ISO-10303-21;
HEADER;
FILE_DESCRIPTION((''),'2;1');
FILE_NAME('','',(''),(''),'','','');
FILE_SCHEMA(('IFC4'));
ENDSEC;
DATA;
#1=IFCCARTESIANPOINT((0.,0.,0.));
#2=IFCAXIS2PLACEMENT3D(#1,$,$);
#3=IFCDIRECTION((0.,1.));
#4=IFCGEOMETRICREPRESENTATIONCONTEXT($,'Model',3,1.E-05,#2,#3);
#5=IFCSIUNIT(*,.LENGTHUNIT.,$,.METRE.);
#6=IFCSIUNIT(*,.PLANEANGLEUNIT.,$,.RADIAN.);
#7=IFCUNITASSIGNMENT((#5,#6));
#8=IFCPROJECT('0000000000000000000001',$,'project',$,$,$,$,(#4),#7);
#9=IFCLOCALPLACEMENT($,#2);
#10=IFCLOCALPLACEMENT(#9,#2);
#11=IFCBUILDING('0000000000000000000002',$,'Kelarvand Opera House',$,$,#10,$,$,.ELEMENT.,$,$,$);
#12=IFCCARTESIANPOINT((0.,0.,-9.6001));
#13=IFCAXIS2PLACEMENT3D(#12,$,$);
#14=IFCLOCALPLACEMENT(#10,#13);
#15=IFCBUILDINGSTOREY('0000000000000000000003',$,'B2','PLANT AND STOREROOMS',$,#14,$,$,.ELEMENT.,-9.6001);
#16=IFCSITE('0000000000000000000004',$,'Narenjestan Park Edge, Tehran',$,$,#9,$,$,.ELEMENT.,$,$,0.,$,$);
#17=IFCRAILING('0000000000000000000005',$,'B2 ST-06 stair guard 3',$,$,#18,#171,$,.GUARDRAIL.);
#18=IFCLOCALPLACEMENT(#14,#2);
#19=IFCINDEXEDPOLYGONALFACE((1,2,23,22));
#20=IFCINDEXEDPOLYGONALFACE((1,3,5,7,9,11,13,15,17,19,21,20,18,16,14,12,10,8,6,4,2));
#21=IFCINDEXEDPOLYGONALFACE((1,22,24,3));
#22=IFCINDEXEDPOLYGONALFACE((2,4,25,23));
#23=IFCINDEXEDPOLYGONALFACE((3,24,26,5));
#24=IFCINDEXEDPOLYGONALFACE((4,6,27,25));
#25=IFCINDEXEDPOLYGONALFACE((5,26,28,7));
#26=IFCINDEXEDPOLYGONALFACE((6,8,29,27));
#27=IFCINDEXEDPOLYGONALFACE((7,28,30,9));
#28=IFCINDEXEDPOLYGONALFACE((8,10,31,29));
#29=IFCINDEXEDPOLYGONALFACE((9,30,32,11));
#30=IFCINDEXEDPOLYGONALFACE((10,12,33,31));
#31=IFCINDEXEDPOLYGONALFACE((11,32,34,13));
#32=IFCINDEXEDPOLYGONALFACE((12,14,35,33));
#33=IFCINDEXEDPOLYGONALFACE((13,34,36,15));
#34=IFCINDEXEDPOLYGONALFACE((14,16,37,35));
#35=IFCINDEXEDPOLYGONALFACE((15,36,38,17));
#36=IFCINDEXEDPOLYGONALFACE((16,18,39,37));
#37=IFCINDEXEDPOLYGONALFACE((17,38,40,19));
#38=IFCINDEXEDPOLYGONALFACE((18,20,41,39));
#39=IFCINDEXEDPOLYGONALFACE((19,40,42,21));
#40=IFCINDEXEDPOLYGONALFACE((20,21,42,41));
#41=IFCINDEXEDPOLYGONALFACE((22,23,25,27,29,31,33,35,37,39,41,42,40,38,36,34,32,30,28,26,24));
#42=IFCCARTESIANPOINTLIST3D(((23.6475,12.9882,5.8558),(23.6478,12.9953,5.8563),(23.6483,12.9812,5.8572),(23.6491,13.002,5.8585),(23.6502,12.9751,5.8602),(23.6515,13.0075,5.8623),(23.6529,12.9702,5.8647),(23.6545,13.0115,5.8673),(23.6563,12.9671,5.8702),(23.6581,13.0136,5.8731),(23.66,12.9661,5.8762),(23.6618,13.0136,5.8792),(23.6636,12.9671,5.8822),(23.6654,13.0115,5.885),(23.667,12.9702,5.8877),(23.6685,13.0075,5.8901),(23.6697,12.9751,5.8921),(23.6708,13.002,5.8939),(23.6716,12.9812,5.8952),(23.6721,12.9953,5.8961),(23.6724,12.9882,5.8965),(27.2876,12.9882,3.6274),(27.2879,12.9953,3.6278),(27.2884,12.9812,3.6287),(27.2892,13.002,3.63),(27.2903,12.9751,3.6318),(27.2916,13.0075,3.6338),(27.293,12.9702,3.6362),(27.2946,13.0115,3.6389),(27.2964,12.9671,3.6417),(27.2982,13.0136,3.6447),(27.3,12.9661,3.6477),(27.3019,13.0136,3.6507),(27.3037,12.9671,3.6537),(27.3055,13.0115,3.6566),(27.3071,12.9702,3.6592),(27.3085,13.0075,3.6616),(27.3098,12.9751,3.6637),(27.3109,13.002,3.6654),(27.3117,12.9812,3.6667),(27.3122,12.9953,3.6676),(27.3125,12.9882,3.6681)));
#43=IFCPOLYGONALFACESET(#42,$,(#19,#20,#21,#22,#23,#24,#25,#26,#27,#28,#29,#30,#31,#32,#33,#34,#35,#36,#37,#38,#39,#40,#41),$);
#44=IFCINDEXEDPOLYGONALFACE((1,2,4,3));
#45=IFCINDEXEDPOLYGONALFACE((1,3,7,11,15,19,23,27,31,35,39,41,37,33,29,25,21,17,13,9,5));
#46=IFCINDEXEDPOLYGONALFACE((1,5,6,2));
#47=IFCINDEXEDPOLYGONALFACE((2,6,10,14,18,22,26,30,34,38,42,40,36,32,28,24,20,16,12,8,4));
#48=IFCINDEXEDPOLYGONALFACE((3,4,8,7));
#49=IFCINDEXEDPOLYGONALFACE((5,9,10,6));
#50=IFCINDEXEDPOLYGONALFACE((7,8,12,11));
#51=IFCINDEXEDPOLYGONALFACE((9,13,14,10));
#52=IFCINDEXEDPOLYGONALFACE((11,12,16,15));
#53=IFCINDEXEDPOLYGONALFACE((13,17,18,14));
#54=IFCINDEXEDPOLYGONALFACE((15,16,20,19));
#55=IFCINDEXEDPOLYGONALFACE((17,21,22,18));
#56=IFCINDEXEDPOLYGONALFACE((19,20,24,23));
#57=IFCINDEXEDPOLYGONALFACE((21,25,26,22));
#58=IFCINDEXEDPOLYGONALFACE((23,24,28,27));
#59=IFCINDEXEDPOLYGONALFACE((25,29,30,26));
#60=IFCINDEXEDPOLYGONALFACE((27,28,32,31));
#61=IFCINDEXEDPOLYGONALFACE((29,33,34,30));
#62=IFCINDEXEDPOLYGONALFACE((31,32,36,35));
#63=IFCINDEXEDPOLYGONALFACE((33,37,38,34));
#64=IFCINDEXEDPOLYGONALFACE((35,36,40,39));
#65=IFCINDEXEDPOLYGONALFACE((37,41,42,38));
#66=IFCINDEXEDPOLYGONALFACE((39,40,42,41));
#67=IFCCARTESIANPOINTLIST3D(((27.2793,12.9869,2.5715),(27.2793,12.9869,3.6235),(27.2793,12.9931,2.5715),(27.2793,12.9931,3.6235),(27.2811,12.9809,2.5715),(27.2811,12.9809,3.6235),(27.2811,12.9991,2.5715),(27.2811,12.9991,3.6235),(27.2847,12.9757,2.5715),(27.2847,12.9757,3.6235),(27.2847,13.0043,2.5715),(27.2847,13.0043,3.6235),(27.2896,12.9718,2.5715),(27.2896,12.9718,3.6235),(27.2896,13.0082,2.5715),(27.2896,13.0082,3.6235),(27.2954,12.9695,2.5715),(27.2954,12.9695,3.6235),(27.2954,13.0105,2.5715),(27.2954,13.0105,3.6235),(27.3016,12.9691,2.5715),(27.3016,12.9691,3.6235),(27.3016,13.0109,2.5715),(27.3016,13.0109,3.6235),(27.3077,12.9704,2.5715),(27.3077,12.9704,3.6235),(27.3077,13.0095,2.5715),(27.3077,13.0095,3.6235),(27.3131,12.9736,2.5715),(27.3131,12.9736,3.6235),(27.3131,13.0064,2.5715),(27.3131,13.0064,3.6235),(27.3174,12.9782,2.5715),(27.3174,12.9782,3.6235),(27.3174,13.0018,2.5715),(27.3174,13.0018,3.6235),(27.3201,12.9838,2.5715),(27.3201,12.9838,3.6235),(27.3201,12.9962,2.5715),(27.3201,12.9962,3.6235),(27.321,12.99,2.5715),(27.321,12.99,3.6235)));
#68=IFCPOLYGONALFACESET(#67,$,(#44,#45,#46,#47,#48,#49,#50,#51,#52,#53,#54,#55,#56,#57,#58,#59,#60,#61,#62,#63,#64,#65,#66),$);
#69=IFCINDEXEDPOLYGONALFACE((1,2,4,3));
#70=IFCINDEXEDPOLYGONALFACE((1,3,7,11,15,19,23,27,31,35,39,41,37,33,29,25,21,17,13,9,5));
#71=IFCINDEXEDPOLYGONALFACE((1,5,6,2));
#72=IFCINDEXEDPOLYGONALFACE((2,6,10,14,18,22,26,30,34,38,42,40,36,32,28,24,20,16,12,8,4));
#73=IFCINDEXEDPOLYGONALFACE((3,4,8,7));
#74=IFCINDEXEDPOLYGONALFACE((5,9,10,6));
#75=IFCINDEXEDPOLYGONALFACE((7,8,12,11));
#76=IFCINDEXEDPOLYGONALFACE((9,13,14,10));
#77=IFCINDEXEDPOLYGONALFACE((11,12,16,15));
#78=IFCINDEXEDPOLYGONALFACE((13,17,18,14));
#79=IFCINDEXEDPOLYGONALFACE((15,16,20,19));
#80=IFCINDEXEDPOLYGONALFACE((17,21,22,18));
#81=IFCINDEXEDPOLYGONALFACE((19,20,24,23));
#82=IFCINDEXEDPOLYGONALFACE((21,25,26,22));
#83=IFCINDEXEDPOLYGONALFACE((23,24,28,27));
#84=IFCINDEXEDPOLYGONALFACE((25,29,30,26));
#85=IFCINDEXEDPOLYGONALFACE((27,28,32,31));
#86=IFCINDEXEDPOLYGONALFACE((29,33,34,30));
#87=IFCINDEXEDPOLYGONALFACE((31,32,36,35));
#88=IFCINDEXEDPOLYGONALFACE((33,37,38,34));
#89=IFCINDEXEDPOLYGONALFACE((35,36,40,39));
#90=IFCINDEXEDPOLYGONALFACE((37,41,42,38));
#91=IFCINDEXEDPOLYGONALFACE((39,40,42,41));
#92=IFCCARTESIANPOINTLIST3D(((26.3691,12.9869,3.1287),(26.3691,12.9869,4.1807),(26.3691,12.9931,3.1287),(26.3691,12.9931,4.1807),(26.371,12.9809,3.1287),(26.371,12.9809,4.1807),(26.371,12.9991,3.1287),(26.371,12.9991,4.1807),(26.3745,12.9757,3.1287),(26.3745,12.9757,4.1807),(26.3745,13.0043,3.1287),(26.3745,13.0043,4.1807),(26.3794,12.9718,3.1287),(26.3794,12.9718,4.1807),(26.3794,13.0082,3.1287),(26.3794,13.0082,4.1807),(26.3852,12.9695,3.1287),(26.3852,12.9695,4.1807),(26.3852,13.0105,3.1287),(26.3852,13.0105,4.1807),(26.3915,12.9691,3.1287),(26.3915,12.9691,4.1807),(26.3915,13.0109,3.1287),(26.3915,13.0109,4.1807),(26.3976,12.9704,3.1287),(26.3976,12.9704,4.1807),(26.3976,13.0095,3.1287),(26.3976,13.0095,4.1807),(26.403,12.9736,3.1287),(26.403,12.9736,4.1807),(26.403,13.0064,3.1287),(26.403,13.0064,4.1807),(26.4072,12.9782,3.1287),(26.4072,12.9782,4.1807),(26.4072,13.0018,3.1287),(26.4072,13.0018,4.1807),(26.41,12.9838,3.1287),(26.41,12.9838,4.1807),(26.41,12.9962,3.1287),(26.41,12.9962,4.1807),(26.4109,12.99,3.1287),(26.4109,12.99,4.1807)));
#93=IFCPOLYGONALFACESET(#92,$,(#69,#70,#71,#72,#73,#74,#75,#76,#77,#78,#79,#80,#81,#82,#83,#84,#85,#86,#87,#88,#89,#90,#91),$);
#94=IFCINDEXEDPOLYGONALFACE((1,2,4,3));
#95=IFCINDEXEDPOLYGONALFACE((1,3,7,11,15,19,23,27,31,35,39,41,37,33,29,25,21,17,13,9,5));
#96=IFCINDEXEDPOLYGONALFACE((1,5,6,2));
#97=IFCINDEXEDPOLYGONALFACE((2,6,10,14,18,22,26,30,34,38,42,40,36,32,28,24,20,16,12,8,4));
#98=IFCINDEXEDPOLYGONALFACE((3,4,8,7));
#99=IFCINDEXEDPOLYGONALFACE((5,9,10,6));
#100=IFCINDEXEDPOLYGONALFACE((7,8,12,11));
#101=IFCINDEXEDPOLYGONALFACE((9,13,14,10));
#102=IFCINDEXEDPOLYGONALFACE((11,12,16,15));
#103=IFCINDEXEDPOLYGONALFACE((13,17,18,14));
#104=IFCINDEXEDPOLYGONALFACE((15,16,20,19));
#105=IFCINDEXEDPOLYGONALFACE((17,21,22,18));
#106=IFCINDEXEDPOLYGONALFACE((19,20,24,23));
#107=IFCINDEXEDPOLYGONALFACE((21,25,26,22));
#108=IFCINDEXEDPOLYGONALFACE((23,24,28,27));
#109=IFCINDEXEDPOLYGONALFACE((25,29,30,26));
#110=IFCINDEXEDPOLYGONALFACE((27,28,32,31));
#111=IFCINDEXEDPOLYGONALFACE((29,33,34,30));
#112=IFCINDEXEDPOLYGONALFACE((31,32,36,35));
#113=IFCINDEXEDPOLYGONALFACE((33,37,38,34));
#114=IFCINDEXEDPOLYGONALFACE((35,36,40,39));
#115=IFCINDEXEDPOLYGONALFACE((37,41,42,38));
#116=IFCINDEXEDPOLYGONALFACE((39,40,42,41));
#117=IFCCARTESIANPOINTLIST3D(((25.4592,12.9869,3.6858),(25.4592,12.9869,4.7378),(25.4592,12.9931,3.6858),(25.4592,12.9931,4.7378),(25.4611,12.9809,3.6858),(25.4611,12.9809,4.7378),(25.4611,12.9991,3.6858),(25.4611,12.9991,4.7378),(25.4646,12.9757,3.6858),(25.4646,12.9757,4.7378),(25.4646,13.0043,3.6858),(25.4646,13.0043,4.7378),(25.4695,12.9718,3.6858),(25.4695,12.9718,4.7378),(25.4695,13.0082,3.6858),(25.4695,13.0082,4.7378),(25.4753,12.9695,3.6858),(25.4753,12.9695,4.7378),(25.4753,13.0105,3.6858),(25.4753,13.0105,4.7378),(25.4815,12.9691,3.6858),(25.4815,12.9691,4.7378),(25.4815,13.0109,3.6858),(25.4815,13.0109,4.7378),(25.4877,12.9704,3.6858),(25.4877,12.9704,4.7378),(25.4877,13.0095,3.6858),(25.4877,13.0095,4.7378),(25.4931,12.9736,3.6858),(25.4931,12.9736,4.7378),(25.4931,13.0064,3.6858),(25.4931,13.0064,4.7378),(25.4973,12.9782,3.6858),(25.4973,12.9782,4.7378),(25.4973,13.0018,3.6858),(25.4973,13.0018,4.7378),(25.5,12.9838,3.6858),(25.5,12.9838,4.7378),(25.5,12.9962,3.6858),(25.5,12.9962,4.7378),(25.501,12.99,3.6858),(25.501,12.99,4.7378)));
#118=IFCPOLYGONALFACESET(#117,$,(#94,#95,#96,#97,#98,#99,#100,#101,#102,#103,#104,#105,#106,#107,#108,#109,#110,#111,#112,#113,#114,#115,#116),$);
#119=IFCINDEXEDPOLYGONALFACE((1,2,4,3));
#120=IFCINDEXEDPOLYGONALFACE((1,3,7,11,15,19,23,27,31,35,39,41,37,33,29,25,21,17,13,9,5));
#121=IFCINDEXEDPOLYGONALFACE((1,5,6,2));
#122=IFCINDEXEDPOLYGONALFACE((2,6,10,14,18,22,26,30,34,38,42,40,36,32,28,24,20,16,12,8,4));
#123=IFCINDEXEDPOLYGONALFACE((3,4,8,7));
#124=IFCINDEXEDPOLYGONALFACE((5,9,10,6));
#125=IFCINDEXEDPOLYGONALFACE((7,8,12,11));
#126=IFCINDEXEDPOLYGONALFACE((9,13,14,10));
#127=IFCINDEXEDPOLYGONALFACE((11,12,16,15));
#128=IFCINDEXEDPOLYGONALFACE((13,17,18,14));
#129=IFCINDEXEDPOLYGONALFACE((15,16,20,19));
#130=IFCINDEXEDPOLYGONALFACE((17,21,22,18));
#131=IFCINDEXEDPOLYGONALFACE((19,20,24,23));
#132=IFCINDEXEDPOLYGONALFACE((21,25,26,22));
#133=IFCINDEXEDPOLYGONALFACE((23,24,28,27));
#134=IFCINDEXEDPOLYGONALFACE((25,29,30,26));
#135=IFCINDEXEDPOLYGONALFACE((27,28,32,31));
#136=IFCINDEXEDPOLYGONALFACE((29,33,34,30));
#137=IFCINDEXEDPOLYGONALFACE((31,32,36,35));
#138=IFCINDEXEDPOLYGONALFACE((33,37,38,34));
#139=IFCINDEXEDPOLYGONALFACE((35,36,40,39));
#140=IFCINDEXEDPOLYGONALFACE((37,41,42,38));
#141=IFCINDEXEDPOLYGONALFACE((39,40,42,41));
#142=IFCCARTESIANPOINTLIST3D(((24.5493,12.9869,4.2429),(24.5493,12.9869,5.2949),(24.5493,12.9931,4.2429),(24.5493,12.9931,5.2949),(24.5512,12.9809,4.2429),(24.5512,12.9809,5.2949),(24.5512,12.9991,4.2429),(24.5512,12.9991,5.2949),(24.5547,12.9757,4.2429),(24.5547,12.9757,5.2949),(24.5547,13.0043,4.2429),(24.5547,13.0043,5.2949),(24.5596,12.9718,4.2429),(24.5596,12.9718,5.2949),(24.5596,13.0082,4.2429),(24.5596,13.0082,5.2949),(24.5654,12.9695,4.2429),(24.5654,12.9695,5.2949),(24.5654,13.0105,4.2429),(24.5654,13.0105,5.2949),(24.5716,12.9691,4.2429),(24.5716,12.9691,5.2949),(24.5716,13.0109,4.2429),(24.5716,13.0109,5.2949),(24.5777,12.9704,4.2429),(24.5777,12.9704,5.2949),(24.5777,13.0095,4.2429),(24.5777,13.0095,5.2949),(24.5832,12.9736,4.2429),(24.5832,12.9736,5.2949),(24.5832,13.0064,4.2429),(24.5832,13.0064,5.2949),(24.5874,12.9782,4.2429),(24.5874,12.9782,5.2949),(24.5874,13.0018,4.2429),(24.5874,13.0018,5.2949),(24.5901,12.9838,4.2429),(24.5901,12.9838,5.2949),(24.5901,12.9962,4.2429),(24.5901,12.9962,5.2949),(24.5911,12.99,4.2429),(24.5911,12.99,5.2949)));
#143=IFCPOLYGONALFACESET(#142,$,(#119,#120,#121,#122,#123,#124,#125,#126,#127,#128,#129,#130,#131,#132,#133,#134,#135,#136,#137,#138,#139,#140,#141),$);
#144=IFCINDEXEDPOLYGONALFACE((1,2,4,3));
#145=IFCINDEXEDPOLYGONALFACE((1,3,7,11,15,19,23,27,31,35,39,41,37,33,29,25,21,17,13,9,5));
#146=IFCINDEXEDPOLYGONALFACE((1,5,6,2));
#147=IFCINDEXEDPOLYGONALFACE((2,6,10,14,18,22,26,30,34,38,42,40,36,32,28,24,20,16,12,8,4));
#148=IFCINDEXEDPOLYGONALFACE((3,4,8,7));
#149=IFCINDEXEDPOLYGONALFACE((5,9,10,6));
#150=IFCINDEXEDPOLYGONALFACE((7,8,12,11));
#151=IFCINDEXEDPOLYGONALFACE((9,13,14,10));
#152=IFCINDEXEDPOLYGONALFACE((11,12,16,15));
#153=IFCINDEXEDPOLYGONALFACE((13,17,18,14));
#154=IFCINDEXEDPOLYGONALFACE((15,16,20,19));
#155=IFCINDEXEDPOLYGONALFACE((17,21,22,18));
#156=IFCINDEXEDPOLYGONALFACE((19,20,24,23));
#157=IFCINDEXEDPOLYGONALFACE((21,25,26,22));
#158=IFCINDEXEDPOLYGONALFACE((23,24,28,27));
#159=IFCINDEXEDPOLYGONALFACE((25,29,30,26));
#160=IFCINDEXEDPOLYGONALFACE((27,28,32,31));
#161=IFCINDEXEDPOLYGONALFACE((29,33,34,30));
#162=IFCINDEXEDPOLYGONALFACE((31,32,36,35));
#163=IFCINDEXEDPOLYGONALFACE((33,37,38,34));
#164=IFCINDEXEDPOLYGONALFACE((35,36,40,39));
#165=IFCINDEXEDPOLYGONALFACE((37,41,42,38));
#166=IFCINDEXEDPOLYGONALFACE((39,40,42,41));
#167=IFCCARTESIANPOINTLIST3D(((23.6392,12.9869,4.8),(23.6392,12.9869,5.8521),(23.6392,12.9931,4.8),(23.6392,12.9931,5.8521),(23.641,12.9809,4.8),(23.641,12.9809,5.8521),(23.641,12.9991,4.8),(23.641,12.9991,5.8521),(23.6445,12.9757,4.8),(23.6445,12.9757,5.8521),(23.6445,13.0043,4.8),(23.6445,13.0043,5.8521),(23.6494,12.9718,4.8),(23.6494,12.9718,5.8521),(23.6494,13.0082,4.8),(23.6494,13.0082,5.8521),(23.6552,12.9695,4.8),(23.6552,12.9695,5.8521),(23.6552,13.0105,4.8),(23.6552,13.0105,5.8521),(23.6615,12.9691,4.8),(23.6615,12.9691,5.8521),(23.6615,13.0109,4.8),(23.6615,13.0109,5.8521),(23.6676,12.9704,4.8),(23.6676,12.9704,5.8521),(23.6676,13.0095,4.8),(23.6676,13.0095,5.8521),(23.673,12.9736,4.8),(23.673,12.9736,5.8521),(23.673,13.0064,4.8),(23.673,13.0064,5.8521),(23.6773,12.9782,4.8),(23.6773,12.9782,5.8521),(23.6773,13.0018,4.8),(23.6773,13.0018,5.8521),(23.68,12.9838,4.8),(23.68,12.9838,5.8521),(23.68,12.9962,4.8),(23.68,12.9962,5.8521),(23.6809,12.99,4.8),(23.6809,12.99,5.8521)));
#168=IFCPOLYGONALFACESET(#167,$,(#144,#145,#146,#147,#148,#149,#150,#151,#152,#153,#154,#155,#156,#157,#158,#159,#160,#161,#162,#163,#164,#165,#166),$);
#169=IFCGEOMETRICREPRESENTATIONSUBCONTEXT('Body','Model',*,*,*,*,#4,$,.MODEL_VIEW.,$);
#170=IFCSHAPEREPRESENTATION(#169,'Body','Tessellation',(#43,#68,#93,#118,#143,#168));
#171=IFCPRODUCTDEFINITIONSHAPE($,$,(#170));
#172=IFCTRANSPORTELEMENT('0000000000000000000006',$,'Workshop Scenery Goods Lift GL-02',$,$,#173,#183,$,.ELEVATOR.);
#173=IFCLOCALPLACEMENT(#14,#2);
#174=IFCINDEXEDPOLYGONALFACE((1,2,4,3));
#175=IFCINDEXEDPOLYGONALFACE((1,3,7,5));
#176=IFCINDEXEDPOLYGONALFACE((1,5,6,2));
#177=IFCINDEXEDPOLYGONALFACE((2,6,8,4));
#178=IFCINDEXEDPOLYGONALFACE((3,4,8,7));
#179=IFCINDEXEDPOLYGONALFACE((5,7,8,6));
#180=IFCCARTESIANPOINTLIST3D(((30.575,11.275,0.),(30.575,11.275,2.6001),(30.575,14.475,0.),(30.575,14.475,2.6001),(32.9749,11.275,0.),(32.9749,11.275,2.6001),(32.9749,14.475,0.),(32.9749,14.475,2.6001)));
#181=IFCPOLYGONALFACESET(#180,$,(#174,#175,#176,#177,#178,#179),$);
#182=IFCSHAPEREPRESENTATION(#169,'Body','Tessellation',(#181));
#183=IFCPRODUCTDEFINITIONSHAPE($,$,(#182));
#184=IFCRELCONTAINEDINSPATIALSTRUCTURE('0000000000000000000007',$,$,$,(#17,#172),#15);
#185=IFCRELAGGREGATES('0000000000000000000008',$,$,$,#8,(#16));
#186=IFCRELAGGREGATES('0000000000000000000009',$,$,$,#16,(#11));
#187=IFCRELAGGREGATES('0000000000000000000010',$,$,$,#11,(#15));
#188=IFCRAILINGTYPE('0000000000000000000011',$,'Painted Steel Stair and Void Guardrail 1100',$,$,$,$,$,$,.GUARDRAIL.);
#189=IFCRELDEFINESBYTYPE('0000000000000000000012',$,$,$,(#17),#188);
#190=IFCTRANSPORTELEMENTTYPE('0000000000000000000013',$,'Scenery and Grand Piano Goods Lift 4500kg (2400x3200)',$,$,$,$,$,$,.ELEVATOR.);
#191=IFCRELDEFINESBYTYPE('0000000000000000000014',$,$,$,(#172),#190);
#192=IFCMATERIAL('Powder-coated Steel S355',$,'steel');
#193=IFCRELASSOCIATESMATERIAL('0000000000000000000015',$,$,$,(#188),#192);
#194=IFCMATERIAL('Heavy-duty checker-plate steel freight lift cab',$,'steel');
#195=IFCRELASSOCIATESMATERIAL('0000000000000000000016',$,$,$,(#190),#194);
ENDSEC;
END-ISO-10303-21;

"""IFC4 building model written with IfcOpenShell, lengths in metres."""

from ifc_helpers import new_model, si_unit, direction, frame, origin, origin_2d, place, context, subcontext, project, spatial, rectangle, circle, extrude, material, type_object, element, save


model = new_model("IFC4")

# Units and contexts
model_context = context("Model", 3, precision=1e-05, world=origin(), true_north=direction((0.0, 1.0)))
body_context = subcontext(model_context, "Body", "Model", "MODEL_VIEW")
ifc_project = project(units=[si_unit("LENGTHUNIT", "METRE"), si_unit("PLANEANGLEUNIT", "RADIAN")], contexts=[model_context])

# Site, building, storey
site_placement = place(None, origin())
site = spatial("IfcSite", under=ifc_project, at=site_placement, Name="Narenjestan Park Edge, Tehran", CompositionType="ELEMENT", RefElevation=0.0)
building_placement = place(site_placement, origin())
building = spatial("IfcBuilding", under=site, at=building_placement, Name="Kelarvand Opera House", CompositionType="ELEMENT")
storey_placement = place(building_placement, frame((0.0, 0.0, -9.6001)))
storey = spatial("IfcBuildingStorey", under=building, at=storey_placement, Name="B2", Description="PLANT AND STOREROOMS", CompositionType="ELEMENT", Elevation=-9.6001)

# Railing
ifc_material_1 = material(Name="Powder-coated Steel S355", Category="steel")
railing_type_1 = type_object("IfcRailingType", Name="Painted Steel Stair and Void Guardrail 1100", PredefinedType="GUARDRAIL", material=ifc_material_1)
railing_1_placement = place(storey_placement, frame((27.3, 12.99, 2.5715)))
element("IfcRailing", 1, at=railing_1_placement, inside=storey, type_object=railing_type_1, Name="B2 ST-06 stair guard 3", PredefinedType="GUARDRAIL", context=body_context, shape_type="SweptSolid", body=[
    extrude(circle(Radius=0.0239, at=origin_2d()), frame((0.0, 0.0, 1.0762), z_axis=(-0.852866, 0.0, 0.52213), x_axis=(0.0, -1.0, 0.0)), (0.0, 0.0, 1.0), 4.2681),
    extrude(circle(Radius=0.021, at=origin_2d()), origin(), (0.0, 0.0, 1.0), 1.052),
    extrude(circle(Radius=0.021, at=origin_2d()), frame((-0.9102, 0.0, 0.5571)), (0.0, 0.0, 1.0), 1.052),
    extrude(circle(Radius=0.021, at=origin_2d()), frame((-1.8201, 0.0, 1.1143)), (0.0, 0.0, 1.0), 1.052),
    extrude(circle(Radius=0.021, at=origin_2d()), frame((-2.73, 0.0, 1.6714)), (0.0, 0.0, 1.0), 1.052),
    extrude(circle(Radius=0.021, at=origin_2d()), frame((-3.6401, 0.0, 2.2285)), (0.0, 0.0, 1.0), 1.052),
])

# Transport element
ifc_material_2 = material(Name="Heavy-duty checker-plate steel freight lift cab", Category="steel")
transport_element_type = type_object("IfcTransportElementType", Name="Scenery and Grand Piano Goods Lift 4500kg (2400x3200)", PredefinedType="ELEVATOR", material=ifc_material_2)
transport_element_placement = place(storey_placement, frame((31.7749, 12.875, 0.0), z_axis=(0.0, 0.0, 1.0), x_axis=(1.0, 0.0, 0.0)))
element("IfcTransportElement", 2, at=transport_element_placement, inside=storey, type_object=transport_element_type, Name="Workshop Scenery Goods Lift GL-02", PredefinedType="ELEVATOR", context=body_context, shape_type="SweptSolid", body=[
    extrude(rectangle(XDim=2.3999, YDim=3.2, at=origin_2d()), origin(), (0.0, 0.0, 1.0), 2.6001),
])

save(model, "model.ifc")
